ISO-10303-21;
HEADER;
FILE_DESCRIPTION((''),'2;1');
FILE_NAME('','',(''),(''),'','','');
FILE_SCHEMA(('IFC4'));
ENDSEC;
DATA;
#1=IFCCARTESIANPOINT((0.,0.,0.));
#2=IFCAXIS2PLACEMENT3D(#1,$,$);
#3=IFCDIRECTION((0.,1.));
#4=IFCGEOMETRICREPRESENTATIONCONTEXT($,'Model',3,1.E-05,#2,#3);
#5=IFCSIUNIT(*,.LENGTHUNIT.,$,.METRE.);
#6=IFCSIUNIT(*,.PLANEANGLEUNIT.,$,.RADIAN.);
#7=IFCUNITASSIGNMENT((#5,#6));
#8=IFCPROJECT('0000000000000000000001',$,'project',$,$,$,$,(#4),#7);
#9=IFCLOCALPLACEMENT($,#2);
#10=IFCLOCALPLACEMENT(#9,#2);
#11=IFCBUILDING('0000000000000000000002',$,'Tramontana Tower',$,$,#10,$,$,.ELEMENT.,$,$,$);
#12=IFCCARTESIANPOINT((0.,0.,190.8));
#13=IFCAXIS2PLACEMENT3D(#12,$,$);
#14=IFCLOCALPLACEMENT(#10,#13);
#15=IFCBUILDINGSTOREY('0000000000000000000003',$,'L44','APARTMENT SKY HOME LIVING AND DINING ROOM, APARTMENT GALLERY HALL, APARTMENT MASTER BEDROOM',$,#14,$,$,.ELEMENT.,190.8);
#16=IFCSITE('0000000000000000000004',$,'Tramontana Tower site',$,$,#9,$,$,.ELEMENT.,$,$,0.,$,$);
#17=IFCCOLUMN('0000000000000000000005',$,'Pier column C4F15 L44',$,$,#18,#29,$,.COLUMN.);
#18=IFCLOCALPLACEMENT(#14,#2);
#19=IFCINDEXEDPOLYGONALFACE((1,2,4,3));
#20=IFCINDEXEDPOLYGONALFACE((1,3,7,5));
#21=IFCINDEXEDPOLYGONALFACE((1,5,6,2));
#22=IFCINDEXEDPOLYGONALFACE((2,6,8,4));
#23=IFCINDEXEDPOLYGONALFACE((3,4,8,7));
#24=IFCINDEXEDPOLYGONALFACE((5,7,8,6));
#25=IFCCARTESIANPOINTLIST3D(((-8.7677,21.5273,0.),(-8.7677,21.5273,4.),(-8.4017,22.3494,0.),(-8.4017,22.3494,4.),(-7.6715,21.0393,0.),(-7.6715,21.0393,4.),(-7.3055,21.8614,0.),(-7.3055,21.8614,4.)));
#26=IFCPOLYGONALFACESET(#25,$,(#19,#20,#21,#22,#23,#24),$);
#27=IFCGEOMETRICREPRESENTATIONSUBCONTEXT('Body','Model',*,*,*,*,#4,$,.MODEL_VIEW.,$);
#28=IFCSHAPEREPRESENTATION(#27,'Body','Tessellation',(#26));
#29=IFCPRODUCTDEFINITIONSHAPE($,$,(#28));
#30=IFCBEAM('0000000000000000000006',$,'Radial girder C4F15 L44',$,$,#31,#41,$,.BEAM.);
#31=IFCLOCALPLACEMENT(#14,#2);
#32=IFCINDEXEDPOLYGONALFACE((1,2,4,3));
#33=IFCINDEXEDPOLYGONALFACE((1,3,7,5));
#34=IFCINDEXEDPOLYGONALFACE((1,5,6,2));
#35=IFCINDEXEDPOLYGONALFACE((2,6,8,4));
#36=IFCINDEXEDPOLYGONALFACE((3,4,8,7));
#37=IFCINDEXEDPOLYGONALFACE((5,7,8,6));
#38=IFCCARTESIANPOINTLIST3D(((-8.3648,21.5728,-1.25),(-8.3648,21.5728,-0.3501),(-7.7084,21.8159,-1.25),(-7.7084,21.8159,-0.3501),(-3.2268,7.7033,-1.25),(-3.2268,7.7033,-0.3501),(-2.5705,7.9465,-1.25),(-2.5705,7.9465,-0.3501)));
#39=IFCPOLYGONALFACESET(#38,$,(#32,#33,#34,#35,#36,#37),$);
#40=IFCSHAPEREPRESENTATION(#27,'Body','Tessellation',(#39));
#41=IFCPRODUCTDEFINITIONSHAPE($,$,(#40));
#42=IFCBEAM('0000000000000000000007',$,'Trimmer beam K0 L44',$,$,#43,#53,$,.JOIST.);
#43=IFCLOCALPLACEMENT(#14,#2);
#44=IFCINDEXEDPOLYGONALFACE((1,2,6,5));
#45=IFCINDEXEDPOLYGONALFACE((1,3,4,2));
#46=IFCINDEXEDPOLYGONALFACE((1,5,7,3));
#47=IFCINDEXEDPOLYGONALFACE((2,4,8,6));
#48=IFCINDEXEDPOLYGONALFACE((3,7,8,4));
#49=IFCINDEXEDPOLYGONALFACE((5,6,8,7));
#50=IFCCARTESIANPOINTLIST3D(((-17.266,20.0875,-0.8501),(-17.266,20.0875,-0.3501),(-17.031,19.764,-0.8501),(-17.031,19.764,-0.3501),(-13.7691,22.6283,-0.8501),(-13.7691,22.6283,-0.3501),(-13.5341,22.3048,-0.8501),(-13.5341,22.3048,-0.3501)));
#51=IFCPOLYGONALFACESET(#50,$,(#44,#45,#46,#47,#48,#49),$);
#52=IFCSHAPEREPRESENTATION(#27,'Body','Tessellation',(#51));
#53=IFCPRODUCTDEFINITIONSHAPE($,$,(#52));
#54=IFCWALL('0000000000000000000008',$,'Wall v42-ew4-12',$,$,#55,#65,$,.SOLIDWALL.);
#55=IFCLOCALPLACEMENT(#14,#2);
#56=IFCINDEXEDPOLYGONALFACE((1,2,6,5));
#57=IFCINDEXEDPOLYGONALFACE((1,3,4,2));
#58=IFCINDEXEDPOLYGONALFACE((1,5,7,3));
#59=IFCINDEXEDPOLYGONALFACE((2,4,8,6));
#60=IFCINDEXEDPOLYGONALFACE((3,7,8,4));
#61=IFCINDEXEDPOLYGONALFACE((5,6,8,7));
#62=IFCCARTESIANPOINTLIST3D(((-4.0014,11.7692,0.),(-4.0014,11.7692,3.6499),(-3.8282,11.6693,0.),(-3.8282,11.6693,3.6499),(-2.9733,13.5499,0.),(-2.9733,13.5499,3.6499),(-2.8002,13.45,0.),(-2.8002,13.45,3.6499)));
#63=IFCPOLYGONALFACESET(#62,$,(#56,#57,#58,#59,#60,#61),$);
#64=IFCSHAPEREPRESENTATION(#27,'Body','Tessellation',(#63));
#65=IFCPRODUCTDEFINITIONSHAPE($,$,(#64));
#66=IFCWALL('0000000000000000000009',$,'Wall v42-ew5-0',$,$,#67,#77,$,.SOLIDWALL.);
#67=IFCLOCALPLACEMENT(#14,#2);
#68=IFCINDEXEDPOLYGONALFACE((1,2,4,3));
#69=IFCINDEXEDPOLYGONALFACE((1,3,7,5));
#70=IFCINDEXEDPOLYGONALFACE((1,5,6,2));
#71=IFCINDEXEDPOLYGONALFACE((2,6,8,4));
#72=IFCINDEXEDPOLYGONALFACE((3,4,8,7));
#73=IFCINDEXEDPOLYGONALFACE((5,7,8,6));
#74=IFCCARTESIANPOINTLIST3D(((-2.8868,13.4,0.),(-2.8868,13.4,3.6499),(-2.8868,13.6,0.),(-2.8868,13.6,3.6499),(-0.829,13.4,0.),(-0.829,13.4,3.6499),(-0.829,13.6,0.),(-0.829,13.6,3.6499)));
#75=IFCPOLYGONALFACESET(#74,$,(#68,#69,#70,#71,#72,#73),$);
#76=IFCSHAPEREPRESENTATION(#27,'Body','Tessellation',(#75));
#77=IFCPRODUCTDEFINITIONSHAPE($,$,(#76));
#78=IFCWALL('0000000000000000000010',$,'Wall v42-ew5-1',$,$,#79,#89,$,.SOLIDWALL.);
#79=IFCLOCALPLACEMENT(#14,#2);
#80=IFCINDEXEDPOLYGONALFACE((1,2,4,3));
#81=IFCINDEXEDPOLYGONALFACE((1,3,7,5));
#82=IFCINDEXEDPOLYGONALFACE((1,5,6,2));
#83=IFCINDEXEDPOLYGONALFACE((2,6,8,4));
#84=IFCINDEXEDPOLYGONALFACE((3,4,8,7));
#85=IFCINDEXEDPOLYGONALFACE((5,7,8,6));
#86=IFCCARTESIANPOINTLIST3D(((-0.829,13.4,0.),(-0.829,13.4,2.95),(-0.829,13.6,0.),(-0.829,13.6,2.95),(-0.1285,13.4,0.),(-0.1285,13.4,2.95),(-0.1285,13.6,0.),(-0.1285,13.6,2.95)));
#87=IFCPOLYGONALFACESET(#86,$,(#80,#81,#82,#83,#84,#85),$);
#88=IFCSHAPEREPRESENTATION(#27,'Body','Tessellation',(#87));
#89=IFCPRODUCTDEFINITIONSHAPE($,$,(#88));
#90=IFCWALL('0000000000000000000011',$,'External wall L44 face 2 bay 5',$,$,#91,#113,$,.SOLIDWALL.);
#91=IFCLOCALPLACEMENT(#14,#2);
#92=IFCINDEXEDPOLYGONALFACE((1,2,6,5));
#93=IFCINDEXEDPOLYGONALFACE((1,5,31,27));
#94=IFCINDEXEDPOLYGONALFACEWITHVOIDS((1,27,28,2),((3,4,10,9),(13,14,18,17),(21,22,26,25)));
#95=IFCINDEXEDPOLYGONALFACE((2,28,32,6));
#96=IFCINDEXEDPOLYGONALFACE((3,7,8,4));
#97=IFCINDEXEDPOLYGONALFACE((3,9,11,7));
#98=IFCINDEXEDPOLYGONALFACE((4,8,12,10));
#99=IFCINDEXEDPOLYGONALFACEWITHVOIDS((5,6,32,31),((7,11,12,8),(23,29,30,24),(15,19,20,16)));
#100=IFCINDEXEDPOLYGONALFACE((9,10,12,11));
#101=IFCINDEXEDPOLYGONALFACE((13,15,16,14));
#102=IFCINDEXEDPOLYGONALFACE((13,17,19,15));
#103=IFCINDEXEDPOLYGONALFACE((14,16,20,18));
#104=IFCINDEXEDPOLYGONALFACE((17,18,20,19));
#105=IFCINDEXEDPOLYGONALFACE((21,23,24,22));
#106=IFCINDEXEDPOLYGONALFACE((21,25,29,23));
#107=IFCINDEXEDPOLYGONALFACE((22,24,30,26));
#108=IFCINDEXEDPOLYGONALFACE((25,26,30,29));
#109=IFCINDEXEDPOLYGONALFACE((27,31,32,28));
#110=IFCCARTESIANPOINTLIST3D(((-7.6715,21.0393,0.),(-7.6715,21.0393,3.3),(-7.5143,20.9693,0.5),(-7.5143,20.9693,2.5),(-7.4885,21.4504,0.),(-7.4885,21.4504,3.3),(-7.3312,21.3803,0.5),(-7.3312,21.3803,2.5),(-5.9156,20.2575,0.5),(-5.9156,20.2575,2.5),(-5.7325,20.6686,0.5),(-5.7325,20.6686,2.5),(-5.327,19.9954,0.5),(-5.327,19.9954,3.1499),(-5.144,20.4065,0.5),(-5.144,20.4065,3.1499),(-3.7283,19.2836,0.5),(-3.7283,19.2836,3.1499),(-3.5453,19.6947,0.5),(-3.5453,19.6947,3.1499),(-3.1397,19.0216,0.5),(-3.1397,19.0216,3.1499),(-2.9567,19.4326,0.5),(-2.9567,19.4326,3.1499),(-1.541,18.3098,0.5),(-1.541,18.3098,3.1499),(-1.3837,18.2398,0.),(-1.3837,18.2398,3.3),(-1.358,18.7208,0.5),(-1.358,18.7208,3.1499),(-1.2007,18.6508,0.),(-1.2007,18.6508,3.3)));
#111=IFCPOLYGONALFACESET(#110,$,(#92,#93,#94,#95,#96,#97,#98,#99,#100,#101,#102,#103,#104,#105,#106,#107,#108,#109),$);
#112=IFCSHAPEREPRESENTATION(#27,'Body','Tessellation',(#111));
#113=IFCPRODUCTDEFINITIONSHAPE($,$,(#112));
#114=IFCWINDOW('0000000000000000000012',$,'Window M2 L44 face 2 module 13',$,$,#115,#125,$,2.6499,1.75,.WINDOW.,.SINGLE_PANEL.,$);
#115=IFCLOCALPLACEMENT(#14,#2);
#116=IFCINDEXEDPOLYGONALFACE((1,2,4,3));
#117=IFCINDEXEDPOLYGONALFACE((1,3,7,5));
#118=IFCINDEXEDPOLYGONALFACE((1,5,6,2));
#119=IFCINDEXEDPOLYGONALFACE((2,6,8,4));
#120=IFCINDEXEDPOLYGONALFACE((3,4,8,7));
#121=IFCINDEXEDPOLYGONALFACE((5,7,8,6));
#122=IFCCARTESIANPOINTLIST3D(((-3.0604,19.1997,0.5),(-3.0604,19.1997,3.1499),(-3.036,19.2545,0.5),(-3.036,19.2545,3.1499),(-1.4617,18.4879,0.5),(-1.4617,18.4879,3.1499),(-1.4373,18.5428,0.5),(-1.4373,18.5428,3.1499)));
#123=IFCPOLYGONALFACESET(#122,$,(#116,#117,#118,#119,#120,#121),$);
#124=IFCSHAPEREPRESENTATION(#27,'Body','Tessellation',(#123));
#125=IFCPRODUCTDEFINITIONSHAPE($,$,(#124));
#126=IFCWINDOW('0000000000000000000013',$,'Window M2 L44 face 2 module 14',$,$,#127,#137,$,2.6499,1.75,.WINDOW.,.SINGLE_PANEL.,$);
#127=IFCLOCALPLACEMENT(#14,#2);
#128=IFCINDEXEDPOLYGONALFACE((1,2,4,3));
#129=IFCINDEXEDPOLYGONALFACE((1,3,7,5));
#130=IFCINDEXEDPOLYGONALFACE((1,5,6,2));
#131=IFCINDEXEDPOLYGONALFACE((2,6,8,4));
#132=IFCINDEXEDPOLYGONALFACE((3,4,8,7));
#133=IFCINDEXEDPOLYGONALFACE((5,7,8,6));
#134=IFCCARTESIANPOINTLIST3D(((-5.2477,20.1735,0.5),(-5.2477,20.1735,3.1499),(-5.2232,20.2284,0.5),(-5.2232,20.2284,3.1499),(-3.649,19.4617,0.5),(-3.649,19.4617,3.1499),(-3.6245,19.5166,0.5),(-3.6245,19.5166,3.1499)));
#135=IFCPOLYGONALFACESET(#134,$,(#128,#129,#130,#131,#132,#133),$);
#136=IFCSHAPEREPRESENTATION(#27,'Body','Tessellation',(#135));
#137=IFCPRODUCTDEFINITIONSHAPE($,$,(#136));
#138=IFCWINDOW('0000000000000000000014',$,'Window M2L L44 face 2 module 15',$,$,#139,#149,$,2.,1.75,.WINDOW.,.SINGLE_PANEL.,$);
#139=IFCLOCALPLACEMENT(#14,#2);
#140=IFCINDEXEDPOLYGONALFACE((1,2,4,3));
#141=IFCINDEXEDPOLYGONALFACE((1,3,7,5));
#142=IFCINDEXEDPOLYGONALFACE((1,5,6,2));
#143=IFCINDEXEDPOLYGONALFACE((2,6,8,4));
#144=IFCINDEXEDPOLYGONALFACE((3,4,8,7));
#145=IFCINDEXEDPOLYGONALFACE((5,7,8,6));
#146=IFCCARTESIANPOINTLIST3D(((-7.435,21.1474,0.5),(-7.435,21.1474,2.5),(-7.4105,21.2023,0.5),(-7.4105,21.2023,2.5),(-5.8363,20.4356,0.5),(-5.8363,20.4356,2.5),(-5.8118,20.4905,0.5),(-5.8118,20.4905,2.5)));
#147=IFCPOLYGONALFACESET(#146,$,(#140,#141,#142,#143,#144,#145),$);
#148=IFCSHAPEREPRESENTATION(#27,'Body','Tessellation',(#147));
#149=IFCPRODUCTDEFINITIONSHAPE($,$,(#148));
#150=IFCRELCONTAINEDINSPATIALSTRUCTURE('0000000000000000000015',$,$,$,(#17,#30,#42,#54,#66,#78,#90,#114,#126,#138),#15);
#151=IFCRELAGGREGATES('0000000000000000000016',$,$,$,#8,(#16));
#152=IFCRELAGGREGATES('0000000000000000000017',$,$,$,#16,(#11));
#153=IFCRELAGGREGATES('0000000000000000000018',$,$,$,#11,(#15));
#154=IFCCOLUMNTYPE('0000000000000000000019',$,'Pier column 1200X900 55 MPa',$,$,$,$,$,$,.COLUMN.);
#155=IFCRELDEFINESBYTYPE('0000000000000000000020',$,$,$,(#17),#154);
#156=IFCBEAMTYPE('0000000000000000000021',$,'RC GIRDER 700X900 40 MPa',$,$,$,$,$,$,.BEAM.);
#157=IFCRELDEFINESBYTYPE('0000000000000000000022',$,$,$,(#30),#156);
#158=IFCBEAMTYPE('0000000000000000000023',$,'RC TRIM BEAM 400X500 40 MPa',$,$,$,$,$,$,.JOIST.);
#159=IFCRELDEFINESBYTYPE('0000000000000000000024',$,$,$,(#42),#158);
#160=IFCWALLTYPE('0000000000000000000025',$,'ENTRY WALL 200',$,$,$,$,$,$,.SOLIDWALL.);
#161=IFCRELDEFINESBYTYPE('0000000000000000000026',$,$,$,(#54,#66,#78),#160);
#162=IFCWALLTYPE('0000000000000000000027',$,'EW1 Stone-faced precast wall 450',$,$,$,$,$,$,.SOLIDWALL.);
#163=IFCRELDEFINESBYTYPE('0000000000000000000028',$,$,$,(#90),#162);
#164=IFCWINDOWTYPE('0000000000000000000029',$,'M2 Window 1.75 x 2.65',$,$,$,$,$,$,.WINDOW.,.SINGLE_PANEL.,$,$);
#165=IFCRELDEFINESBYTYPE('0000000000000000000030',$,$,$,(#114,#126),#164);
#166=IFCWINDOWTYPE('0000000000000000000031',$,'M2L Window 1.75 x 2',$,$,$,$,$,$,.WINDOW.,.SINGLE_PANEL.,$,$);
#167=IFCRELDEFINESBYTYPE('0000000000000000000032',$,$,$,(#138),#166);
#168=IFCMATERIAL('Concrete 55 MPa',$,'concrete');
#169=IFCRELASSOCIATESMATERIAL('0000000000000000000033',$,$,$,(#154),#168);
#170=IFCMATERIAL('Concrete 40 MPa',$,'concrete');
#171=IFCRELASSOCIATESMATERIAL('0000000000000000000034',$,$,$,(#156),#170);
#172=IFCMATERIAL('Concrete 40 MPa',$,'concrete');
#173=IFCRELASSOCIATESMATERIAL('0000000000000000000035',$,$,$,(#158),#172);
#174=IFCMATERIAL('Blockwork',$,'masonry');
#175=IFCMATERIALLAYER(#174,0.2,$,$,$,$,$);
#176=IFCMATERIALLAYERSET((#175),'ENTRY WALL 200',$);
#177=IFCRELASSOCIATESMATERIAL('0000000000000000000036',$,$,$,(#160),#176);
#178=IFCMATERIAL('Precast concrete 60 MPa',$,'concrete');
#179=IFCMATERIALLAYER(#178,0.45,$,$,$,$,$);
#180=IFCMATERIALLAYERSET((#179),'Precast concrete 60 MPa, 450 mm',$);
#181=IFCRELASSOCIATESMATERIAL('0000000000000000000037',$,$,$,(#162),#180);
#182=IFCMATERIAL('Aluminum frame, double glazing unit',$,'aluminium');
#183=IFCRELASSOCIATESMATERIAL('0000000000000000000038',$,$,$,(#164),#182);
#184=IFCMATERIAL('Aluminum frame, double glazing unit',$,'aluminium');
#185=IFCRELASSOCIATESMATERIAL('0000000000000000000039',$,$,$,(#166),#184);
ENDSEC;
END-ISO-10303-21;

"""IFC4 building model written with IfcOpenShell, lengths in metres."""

from ifc_helpers import new_model, si_unit, direction, frame, frame_2d, origin, origin_2d, place, context, subcontext, project, spatial, rectangle, extrude, material, layer, layer_set, material_profile, profile_set, type_object, element, fill, save


model = new_model("IFC4")

# Units and contexts
model_context = context("Model", 3, precision=1e-05, world=origin(), true_north=direction((0.0, 1.0)))
body_context = subcontext(model_context, "Body", "Model", "MODEL_VIEW")
ifc_project = project(units=[si_unit("LENGTHUNIT", "METRE"), si_unit("PLANEANGLEUNIT", "RADIAN")], contexts=[model_context])

# Site, building, storey
site_placement = place(None, origin())
site = spatial("IfcSite", under=ifc_project, at=site_placement, Name="Tramontana Tower site", CompositionType="ELEMENT", RefElevation=0.0)
building_placement = place(site_placement, origin())
building = spatial("IfcBuilding", under=site, at=building_placement, Name="Tramontana Tower", CompositionType="ELEMENT")
storey_placement = place(building_placement, frame((0.0, 0.0, 190.8)))
storey = spatial("IfcBuildingStorey", under=building, at=storey_placement, Name="L44", Description="APARTMENT SKY HOME LIVING AND DINING ROOM, APARTMENT GALLERY HALL, APARTMENT MASTER BEDROOM", CompositionType="ELEMENT", Elevation=190.8)

# Column
ifc_material_1 = material(Name="Concrete 55 MPa", Category="concrete")
ifc_material_profile_1 = material_profile(ifc_material_1, rectangle(XDim=1.2, YDim=0.8999, at=origin_2d()), Name="Pier column 1200X900 55 MPa")
ifc_profile_set_1 = profile_set([ifc_material_profile_1], Name="Concrete 55 MPa")
column_type = type_object("IfcColumnType", Name="Pier column 1200X900 55 MPa", PredefinedType="COLUMN", material=ifc_profile_set_1)
column_placement = place(storey_placement, frame((-8.0366, 21.6943, 0.0), z_axis=(0.0, 0.0, 1.0), x_axis=(-0.913545, 0.406737, 0.0)))
element("IfcColumn", 1, at=column_placement, inside=storey, type_object=column_type, Name="Pier column C4F15 L44", PredefinedType="COLUMN", context=body_context, shape_type="SweptSolid", body=[
    extrude(rectangle(XDim=1.2, YDim=0.8999, at=origin_2d()), origin(), (0.0, 0.0, 1.0), 4.0),
])

# Beams
ifc_material_2 = material(Name="Concrete 40 MPa", Category="concrete")
ifc_material_profile_2 = material_profile(ifc_material_2, rectangle(XDim=0.7, YDim=0.8999, at=origin_2d()), Name="RC GIRDER 700X900 40 MPa")
ifc_profile_set_2 = profile_set([ifc_material_profile_2], Name="Concrete 40 MPa")
beam_type_1 = type_object("IfcBeamType", Name="RC GIRDER 700X900 40 MPa", PredefinedType="BEAM", material=ifc_profile_set_2)
beam_1_placement = place(storey_placement, frame((-8.0366, 21.6943, -0.8), z_axis=(0.347382, -0.937724, 0.0), x_axis=(0.937724, 0.347382, 0.0)))
element("IfcBeam", 2, at=beam_1_placement, inside=storey, type_object=beam_type_1, Name="Radial girder C4F15 L44", PredefinedType="BEAM", context=body_context, shape_type="SweptSolid", body=[
    extrude(rectangle(XDim=0.7, YDim=0.8999, at=origin_2d()), origin(), (0.0, 0.0, 1.0), 14.7905),
])
ifc_material_3 = material(Name="Concrete 40 MPa", Category="concrete")
ifc_material_profile_3 = material_profile(ifc_material_3, rectangle(XDim=0.3999, YDim=0.5, at=origin_2d()), Name="RC TRIM BEAM 400X500 40 MPa")
ifc_profile_set_3 = profile_set([ifc_material_profile_3], Name="Concrete 40 MPa")
beam_type_2 = type_object("IfcBeamType", Name="RC TRIM BEAM 400X500 40 MPa", PredefinedType="JOIST", material=ifc_profile_set_3)
beam_2_placement = place(storey_placement, frame((-13.6516, 22.4666, -0.6001), z_axis=(-0.808997, -0.587812, 0.0), x_axis=(0.587812, -0.808997, 0.0)))
element("IfcBeam", 3, at=beam_2_placement, inside=storey, type_object=beam_type_2, Name="Trimmer beam K0 L44", PredefinedType="JOIST", context=body_context, shape_type="SweptSolid", body=[
    extrude(rectangle(XDim=0.3999, YDim=0.5, at=origin_2d()), origin(), (0.0, 0.0, 1.0), 4.3225),
])

# Walls
ifc_material_4 = material(Name="Blockwork", Category="masonry")
ifc_layer_1 = layer(ifc_material_4, 0.2)
ifc_layer_set_1 = layer_set([ifc_layer_1], Name="ENTRY WALL 200")
wall_type_1 = type_object("IfcWallType", Name="ENTRY WALL 200", PredefinedType="SOLIDWALL", material=ifc_layer_set_1)
wall_1_placement = place(storey_placement, frame((-3.9148, 11.7192, 0.0), z_axis=(0.0, 0.0, 1.0), x_axis=(0.499983, 0.866035, 0.0)))
element("IfcWall", 4, at=wall_1_placement, inside=storey, type_object=wall_type_1, Name="Wall v42-ew4-12", PredefinedType="SOLIDWALL", context=body_context, shape_type="SweptSolid", body=[
    extrude(rectangle(XDim=2.0562, YDim=0.2, at=frame_2d((1.0281, 0.0))), origin(), (0.0, 0.0, 1.0), 3.6499),
])
wall_2_placement = place(storey_placement, frame((-2.8867, 13.5, 0.0), z_axis=(0.0, 0.0, 1.0), x_axis=(1.0, 0.0, 0.0)))
element("IfcWall", 5, at=wall_2_placement, inside=storey, type_object=wall_type_1, Name="Wall v42-ew5-0", PredefinedType="SOLIDWALL", context=body_context, shape_type="SweptSolid", body=[
    extrude(rectangle(XDim=2.0579, YDim=0.2, at=frame_2d((1.0288, 0.0))), origin(), (0.0, 0.0, 1.0), 3.6499),
])
wall_3_placement = place(storey_placement, frame((-0.8289, 13.5, 0.0), z_axis=(0.0, 0.0, 1.0), x_axis=(1.0, 0.0, 0.0)))
element("IfcWall", 6, at=wall_3_placement, inside=storey, type_object=wall_type_1, Name="Wall v42-ew5-1", PredefinedType="SOLIDWALL", context=body_context, shape_type="SweptSolid", body=[
    extrude(rectangle(XDim=0.7004, YDim=0.2, at=frame_2d((0.3501, 0.0))), origin(), (0.0, 0.0, 1.0), 2.95),
])

# Wall, openings, windows
ifc_material_5 = material(Name="Precast concrete 60 MPa", Category="concrete")
ifc_layer_2 = layer(ifc_material_5, 0.45)
ifc_layer_set_2 = layer_set([ifc_layer_2], Name="Precast concrete 60 MPa, 450 mm")
wall_type_2 = type_object("IfcWallType", Name="EW1 Stone-faced precast wall 450", PredefinedType="SOLIDWALL", material=ifc_layer_set_2)
wall_4_placement = place(storey_placement, frame((-1.2922, 18.4453, 0.0), z_axis=(0.0, 0.0, 1.0), x_axis=(-0.913544, 0.406741, 0.0)))
wall_4 = element("IfcWall", 7, at=wall_4_placement, inside=storey, type_object=wall_type_2, Name="External wall L44 face 2 bay 5", PredefinedType="SOLIDWALL", context=body_context, shape_type="SweptSolid", body=[
    extrude(rectangle(XDim=6.8828, YDim=0.45, at=frame_2d((3.4414, 0.0))), origin(), (0.0, 0.0, 1.0), 3.3),
])
opening_1_placement = place(wall_4_placement, frame((0.1721, 0.0, 0.5)))
opening_1 = element("IfcOpeningElement", 8, at=opening_1_placement, cuts=wall_4, PredefinedType="OPENING", context=body_context, shape_type="SweptSolid", body=[
    extrude(rectangle(XDim=1.75, YDim=2.6499, at=frame_2d((0.875, 1.325))), frame((0.0, 0.2349, 0.0), z_axis=(0.0, -1.0, 0.0), x_axis=(1.0, 0.0, 0.0)), (0.0, 0.0, 1.0), 0.47),
])
opening_2_placement = place(wall_4_placement, frame((2.5664, 0.0, 0.5)))
opening_2 = element("IfcOpeningElement", 9, at=opening_2_placement, cuts=wall_4, PredefinedType="OPENING", context=body_context, shape_type="SweptSolid", body=[
    extrude(rectangle(XDim=1.75, YDim=2.6499, at=frame_2d((0.875, 1.325))), frame((0.0, 0.2349, 0.0), z_axis=(0.0, -1.0, 0.0), x_axis=(1.0, 0.0, 0.0)), (0.0, 0.0, 1.0), 0.47),
])
opening_3_placement = place(wall_4_placement, frame((4.9607, 0.0, 0.5)))
opening_3 = element("IfcOpeningElement", 10, at=opening_3_placement, cuts=wall_4, PredefinedType="OPENING", context=body_context, shape_type="SweptSolid", body=[
    extrude(rectangle(XDim=1.75, YDim=2.0, at=frame_2d((0.875, 1.0))), frame((0.0, 0.2349, 0.0), z_axis=(0.0, -1.0, 0.0), x_axis=(1.0, 0.0, 0.0)), (0.0, 0.0, 1.0), 0.47),
])
ifc_material_6 = material(Name="Aluminum frame, double glazing unit", Category="aluminium")
window_type_1 = type_object("IfcWindowType", Name="M2 Window 1.75 x 2.65", PartitioningType="SINGLE_PANEL", PredefinedType="WINDOW", material=ifc_material_6)
window_1_placement = place(opening_1_placement, origin())
window_1 = element("IfcWindow", 11, at=window_1_placement, inside=storey, type_object=window_type_1, Name="Window M2 L44 face 2 module 13", OverallHeight=2.6499, OverallWidth=1.75, PartitioningType="SINGLE_PANEL", PredefinedType="WINDOW", context=body_context, shape_type="SweptSolid", body=[
    extrude(rectangle(XDim=1.75, YDim=2.6499, at=frame_2d((0.875, 1.325))), frame((0.0, 0.03, 0.0), z_axis=(0.0, -1.0, 0.0), x_axis=(1.0, 0.0, 0.0)), (0.0, 0.0, 1.0), 0.0601),
])
fill(opening_1, window_1)
window_2_placement = place(opening_2_placement, origin())
window_2 = element("IfcWindow", 12, at=window_2_placement, inside=storey, type_object=window_type_1, Name="Window M2 L44 face 2 module 14", OverallHeight=2.6499, OverallWidth=1.75, PartitioningType="SINGLE_PANEL", PredefinedType="WINDOW", context=body_context, shape_type="SweptSolid", body=[
    extrude(rectangle(XDim=1.75, YDim=2.6499, at=frame_2d((0.875, 1.325))), frame((0.0, 0.03, 0.0), z_axis=(0.0, -1.0, 0.0), x_axis=(1.0, 0.0, 0.0)), (0.0, 0.0, 1.0), 0.0601),
])
fill(opening_2, window_2)
ifc_material_7 = material(Name="Aluminum frame, double glazing unit", Category="aluminium")
window_type_2 = type_object("IfcWindowType", Name="M2L Window 1.75 x 2", PartitioningType="SINGLE_PANEL", PredefinedType="WINDOW", material=ifc_material_7)
window_3_placement = place(opening_3_placement, origin())
window_3 = element("IfcWindow", 13, at=window_3_placement, inside=storey, type_object=window_type_2, Name="Window M2L L44 face 2 module 15", OverallHeight=2.0, OverallWidth=1.75, PartitioningType="SINGLE_PANEL", PredefinedType="WINDOW", context=body_context, shape_type="SweptSolid", body=[
    extrude(rectangle(XDim=1.75, YDim=2.0, at=frame_2d((0.875, 1.0))), frame((0.0, 0.03, 0.0), z_axis=(0.0, -1.0, 0.0), x_axis=(1.0, 0.0, 0.0)), (0.0, 0.0, 1.0), 0.0601),
])
fill(opening_3, window_3)

save(model, "model.ifc")
